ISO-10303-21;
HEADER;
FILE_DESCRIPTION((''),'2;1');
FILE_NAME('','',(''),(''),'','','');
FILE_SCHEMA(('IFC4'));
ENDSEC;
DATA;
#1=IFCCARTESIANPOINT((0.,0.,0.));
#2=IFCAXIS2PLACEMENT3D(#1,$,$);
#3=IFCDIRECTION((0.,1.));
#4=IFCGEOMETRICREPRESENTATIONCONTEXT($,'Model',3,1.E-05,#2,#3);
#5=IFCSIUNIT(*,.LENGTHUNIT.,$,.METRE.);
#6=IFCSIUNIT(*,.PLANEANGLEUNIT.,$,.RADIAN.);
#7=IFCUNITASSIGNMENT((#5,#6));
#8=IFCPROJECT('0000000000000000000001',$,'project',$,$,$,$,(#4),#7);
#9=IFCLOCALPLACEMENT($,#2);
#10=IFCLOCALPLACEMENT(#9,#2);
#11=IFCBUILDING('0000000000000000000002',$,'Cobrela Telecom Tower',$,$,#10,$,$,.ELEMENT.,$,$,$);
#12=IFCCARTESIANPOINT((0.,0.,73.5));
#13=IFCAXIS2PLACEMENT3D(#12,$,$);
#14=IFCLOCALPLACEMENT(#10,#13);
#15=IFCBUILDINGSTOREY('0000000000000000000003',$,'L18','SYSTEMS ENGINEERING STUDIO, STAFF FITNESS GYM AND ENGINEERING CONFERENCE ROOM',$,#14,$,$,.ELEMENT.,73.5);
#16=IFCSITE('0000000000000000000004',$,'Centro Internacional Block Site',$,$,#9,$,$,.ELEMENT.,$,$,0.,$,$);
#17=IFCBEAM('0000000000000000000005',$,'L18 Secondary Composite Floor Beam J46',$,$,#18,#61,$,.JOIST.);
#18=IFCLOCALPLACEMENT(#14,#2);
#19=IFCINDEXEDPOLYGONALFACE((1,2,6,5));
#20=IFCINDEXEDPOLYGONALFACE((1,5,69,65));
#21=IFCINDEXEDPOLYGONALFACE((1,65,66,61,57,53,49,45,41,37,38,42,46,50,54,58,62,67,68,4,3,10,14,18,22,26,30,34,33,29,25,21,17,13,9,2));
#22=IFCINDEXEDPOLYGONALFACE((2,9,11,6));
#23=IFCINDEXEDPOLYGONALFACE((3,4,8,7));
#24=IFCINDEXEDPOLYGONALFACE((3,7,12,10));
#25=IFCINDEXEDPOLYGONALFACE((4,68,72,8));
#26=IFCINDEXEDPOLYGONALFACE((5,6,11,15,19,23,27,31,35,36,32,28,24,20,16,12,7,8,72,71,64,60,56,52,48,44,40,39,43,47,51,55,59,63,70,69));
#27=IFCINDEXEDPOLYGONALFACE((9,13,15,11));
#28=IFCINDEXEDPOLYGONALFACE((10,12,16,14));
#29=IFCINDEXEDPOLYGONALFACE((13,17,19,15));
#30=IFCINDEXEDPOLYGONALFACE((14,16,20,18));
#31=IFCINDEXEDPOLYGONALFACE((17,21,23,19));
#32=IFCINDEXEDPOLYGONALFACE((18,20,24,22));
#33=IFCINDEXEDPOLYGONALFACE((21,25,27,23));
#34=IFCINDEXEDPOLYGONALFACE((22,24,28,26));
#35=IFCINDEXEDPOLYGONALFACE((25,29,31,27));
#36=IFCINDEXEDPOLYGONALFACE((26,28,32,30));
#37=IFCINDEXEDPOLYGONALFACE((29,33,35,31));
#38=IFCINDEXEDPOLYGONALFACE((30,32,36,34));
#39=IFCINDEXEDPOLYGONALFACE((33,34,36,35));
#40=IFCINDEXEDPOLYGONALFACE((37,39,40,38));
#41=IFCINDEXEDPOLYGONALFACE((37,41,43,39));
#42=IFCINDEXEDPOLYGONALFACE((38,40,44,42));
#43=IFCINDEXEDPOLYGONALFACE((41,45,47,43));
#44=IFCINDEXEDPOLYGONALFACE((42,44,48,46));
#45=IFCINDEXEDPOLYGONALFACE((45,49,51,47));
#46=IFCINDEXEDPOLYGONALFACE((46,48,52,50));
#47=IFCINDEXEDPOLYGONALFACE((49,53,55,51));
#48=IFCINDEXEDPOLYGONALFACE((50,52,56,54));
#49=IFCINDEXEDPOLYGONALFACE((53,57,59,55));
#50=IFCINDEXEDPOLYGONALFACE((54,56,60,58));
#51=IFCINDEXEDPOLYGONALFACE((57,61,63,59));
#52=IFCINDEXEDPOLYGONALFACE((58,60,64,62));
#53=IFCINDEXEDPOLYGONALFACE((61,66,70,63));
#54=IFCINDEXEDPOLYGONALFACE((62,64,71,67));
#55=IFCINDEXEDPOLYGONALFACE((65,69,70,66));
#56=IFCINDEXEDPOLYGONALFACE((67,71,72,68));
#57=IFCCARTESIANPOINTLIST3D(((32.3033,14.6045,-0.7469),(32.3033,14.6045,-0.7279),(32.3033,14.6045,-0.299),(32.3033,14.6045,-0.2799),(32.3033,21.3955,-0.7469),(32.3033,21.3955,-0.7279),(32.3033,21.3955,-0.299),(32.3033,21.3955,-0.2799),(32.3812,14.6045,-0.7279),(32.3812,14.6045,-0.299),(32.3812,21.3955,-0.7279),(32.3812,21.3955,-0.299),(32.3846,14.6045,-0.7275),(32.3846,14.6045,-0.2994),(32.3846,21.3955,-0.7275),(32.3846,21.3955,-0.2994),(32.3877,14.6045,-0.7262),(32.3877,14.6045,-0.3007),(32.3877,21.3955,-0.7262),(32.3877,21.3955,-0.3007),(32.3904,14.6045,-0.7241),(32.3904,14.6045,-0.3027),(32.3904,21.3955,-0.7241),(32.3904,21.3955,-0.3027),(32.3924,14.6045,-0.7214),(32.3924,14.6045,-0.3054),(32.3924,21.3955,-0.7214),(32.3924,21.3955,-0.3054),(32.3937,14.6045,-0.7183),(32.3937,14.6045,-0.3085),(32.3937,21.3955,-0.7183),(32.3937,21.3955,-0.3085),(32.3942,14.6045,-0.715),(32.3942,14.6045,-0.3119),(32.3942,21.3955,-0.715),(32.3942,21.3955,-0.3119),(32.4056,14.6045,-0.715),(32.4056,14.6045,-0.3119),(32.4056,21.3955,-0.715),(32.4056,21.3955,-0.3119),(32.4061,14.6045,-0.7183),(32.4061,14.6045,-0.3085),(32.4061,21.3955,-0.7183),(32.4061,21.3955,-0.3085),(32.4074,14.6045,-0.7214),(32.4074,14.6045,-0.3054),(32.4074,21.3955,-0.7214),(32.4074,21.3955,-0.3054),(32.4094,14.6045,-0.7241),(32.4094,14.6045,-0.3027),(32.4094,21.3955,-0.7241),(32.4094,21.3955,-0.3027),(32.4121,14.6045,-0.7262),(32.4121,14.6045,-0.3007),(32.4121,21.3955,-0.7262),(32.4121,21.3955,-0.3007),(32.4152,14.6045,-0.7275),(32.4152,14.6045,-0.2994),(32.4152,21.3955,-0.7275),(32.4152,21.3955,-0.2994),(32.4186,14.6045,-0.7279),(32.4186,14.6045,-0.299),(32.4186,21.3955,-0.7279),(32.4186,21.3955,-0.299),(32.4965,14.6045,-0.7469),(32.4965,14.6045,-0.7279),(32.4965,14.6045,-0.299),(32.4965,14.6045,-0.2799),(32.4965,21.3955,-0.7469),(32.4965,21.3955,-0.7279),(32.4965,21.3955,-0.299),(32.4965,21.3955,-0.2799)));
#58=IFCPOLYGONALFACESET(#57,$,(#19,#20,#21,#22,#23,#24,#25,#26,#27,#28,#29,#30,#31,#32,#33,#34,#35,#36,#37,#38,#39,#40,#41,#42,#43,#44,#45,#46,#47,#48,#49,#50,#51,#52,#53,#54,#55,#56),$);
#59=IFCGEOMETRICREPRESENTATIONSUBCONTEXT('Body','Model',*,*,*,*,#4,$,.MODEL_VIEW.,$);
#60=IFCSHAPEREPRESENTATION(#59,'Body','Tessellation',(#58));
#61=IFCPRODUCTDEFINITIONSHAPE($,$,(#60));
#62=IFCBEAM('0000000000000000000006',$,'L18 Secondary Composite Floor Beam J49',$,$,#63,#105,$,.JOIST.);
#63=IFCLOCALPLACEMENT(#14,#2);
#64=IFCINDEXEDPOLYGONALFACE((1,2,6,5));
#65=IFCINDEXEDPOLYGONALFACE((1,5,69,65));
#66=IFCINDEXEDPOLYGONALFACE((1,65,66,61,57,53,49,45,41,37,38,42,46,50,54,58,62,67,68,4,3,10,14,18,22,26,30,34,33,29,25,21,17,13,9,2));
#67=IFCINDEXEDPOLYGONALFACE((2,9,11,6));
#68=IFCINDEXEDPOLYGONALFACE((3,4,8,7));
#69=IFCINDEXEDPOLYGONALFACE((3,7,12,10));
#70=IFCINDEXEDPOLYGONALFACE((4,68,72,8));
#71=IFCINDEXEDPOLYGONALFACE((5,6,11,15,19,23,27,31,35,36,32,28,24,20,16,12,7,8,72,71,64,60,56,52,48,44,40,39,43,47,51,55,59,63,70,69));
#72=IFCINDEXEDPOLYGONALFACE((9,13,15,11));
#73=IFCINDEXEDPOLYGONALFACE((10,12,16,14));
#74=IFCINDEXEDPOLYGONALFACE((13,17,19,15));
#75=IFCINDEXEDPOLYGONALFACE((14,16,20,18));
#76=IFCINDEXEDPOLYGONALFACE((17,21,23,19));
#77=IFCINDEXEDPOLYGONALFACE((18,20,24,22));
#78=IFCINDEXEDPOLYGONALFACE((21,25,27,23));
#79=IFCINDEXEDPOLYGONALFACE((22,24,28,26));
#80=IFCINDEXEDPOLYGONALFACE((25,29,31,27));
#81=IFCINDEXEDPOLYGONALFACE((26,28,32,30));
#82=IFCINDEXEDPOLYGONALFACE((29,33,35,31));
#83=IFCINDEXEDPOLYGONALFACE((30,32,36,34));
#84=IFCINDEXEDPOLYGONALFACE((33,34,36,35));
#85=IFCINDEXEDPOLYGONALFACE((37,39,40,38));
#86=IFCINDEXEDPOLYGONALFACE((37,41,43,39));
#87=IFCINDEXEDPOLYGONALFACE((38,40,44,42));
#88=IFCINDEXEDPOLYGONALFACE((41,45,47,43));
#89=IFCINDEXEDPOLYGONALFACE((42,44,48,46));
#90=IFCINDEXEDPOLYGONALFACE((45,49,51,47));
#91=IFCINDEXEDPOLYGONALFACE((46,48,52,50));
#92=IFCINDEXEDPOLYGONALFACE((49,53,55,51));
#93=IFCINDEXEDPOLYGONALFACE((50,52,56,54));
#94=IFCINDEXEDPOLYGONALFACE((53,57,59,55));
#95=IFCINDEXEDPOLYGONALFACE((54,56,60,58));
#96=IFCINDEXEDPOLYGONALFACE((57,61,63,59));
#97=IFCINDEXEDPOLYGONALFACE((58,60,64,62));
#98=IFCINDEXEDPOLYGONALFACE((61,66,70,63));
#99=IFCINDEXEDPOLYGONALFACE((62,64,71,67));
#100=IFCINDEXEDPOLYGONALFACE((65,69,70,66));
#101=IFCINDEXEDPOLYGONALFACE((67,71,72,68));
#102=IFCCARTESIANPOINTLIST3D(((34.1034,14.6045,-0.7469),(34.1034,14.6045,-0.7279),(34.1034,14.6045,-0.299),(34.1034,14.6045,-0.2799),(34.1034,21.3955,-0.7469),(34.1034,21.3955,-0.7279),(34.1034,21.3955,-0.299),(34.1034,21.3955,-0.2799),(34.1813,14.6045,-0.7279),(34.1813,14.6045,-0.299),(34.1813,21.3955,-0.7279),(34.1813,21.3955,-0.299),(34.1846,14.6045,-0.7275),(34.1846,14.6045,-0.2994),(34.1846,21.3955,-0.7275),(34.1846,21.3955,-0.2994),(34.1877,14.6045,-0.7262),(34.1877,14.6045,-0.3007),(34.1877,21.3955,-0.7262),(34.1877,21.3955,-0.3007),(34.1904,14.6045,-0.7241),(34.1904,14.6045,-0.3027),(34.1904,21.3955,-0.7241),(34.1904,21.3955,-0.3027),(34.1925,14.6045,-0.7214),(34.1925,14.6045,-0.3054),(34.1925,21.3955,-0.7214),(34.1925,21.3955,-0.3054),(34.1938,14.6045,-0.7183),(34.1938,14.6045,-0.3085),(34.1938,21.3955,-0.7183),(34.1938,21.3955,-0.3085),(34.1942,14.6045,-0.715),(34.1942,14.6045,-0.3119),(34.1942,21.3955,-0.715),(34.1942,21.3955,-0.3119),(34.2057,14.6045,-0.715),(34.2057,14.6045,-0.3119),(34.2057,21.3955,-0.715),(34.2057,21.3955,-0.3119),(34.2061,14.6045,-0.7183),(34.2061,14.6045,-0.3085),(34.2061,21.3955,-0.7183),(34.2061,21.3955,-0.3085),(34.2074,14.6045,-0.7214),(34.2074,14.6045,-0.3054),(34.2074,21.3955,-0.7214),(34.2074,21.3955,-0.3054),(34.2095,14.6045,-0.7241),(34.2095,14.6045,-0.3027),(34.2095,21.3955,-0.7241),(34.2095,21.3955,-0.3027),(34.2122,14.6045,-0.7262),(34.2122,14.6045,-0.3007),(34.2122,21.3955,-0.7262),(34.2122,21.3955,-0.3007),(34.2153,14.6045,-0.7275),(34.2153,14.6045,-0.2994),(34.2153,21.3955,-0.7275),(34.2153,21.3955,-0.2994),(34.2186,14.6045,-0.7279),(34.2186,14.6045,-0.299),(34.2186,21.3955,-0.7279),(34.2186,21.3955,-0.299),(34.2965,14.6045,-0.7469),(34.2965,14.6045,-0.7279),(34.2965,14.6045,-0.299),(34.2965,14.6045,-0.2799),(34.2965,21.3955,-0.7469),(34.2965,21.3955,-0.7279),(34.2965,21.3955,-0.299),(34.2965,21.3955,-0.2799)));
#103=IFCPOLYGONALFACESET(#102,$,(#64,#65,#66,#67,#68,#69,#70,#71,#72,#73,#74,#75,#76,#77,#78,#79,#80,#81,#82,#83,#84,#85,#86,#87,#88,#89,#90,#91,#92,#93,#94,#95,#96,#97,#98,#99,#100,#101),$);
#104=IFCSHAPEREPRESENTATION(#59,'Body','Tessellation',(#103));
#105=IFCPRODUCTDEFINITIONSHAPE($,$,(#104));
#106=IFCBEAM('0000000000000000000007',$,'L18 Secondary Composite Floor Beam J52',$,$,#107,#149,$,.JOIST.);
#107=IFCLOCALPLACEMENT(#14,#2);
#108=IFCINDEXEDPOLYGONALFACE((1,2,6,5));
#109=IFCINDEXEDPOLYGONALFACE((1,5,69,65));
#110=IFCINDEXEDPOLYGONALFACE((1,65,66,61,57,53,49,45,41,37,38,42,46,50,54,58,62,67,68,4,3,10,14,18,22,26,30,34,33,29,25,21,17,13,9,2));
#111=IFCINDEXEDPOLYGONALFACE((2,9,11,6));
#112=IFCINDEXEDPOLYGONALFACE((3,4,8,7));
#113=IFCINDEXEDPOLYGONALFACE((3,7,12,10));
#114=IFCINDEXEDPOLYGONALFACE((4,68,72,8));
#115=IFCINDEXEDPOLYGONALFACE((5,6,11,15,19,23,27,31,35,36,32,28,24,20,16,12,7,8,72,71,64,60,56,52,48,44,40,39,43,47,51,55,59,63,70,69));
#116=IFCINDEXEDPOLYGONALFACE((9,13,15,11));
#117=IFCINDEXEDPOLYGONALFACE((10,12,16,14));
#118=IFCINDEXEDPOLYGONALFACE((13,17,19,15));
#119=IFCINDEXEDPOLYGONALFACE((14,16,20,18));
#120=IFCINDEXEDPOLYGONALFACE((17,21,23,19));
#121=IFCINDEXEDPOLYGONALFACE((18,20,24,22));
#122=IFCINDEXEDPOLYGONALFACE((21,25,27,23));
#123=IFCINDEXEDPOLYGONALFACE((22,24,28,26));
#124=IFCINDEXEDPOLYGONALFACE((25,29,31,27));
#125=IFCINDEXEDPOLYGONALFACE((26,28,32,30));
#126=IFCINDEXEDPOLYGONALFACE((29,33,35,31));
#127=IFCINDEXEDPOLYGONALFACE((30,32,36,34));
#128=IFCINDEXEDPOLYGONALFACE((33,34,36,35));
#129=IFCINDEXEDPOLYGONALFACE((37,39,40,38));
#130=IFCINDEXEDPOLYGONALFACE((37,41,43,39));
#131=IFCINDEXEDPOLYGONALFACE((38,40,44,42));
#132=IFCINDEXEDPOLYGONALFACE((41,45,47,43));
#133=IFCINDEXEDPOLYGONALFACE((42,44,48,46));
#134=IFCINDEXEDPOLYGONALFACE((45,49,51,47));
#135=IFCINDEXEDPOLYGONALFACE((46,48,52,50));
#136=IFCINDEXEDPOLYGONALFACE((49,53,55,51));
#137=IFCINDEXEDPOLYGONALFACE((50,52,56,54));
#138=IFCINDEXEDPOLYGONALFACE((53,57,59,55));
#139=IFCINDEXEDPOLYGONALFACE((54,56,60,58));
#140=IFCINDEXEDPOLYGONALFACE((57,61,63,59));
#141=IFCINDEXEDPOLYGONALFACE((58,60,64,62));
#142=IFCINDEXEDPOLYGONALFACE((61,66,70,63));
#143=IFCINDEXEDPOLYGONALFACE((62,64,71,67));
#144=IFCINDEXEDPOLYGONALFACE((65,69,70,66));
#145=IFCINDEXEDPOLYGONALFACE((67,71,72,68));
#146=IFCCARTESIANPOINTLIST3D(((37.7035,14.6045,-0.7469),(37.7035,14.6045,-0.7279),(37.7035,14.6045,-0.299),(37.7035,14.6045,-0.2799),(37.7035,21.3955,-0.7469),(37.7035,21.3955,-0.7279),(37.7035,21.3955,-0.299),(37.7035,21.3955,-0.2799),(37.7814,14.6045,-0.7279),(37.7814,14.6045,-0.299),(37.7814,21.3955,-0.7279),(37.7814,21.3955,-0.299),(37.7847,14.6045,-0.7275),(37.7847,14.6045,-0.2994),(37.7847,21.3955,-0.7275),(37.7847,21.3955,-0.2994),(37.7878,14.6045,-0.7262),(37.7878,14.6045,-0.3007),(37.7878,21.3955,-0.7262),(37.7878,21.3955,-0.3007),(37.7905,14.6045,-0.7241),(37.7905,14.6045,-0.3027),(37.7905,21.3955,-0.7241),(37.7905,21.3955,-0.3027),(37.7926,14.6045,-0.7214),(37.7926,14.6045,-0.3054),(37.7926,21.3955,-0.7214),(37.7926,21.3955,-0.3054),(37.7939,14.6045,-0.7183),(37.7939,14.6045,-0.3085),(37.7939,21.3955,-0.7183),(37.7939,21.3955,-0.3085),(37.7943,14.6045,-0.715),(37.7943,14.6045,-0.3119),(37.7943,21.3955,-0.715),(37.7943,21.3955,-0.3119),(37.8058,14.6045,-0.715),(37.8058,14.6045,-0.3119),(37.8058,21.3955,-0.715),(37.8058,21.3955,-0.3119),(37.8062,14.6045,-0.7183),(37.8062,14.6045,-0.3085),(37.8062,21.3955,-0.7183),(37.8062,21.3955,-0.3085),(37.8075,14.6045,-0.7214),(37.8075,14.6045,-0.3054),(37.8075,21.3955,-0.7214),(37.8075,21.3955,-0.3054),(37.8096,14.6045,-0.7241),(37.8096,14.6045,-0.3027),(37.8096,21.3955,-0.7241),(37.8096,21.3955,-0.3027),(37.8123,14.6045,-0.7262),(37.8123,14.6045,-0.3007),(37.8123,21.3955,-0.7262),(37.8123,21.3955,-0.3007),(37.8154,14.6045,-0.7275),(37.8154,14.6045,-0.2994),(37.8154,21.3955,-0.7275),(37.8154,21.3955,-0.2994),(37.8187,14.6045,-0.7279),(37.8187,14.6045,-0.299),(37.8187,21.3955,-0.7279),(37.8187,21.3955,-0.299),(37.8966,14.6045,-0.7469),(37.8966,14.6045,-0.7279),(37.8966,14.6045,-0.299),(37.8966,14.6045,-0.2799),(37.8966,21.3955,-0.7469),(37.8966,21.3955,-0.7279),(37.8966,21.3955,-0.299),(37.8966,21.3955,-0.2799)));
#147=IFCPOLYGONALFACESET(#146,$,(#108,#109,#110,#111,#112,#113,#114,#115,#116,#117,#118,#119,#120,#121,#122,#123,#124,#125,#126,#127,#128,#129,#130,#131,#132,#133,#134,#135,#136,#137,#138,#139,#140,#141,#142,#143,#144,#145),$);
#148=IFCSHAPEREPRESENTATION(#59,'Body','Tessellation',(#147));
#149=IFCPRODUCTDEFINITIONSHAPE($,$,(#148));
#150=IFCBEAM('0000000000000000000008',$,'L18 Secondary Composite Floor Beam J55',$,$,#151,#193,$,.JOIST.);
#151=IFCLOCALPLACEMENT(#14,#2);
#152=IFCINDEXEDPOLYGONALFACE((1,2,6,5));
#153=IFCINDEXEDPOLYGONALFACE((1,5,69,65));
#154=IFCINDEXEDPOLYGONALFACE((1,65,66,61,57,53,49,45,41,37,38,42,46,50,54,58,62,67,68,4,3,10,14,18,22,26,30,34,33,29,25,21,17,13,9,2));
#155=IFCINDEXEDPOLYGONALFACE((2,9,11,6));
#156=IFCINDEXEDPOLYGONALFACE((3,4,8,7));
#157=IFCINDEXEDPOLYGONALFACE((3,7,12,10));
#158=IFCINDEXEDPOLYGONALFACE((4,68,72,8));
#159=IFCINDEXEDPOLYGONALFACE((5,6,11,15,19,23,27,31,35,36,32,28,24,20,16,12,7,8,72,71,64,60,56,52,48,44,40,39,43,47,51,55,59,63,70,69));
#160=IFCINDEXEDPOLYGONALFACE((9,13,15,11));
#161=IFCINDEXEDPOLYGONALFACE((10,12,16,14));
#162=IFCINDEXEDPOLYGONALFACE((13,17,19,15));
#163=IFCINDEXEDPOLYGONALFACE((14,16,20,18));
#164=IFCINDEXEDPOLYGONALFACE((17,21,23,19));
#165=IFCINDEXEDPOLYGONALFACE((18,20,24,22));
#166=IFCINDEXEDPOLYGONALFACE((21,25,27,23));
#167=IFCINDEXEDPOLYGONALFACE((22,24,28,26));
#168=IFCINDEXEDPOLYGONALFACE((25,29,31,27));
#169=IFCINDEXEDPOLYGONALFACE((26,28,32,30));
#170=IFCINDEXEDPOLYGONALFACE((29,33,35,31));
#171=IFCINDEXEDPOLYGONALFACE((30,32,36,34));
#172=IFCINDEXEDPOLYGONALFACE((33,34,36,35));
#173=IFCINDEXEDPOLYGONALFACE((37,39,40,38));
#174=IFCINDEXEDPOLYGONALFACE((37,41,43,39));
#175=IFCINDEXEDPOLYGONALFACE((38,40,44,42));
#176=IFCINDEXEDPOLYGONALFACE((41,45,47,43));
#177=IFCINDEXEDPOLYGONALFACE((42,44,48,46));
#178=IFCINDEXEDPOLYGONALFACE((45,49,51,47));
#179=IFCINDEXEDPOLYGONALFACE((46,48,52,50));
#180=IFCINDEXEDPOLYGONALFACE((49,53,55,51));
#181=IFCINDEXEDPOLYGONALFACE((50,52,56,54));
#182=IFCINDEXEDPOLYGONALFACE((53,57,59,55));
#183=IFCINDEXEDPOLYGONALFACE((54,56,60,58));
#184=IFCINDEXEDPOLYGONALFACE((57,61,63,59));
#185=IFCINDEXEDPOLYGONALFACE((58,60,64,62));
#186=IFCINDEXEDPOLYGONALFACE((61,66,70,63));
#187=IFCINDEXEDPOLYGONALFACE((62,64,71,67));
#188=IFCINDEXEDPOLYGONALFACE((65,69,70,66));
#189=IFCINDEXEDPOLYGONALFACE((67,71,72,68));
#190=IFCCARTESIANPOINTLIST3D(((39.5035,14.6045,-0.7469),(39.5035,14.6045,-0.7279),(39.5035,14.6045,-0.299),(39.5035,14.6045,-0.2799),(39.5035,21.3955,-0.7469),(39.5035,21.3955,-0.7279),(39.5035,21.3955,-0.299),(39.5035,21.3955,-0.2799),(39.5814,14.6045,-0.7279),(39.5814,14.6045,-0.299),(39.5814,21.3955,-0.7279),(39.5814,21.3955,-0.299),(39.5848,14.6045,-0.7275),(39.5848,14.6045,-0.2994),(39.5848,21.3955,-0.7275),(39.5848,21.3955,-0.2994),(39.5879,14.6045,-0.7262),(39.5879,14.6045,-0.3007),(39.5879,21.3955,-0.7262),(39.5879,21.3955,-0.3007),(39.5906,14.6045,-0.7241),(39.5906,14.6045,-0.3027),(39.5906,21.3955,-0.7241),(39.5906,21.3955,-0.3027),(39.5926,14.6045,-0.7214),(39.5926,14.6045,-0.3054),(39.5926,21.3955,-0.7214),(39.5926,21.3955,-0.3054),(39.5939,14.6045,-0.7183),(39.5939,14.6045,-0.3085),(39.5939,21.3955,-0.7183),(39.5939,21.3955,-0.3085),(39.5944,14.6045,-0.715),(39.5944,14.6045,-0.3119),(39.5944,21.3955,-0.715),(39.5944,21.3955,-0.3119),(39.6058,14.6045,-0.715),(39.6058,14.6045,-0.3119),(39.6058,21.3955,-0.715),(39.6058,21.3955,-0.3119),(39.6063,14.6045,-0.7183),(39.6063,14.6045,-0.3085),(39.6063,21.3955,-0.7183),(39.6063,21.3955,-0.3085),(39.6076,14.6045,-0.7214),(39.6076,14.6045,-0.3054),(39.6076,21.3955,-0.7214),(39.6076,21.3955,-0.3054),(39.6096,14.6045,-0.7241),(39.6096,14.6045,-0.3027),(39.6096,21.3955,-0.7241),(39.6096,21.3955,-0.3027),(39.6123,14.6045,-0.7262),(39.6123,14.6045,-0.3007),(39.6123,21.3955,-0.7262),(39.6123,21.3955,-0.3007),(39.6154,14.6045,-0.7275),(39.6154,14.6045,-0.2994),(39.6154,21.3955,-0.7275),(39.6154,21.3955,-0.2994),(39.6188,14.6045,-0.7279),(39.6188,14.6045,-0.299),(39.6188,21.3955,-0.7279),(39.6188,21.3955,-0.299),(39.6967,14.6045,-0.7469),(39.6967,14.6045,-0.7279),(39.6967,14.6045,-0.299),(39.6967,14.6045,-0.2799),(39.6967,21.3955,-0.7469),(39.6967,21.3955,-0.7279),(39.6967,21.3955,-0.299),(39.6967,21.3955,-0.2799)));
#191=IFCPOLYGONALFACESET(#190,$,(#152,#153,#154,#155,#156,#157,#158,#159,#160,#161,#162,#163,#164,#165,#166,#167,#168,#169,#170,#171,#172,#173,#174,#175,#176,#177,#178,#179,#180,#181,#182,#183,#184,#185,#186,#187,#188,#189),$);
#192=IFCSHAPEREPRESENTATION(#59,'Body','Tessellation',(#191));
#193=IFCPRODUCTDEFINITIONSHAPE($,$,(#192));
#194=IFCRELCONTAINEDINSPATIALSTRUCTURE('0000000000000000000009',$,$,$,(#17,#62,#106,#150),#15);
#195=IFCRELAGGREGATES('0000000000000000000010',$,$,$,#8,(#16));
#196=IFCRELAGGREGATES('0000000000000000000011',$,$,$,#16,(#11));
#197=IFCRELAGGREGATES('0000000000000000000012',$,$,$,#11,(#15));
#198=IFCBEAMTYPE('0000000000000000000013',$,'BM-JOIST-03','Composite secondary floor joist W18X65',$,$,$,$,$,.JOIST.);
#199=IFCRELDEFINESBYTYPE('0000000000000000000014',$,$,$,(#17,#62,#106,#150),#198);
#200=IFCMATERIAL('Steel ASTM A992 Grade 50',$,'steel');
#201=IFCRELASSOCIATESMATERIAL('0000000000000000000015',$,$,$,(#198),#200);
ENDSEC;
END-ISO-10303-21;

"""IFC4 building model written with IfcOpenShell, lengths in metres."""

from ifc_helpers import new_model, si_unit, direction, frame, origin, origin_2d, place, context, subcontext, project, spatial, i_section, extrude, material, material_profile, profile_set, type_object, element, save


model = new_model("IFC4")

# Units and contexts
model_context = context("Model", 3, precision=1e-05, world=origin(), true_north=direction((0.0, 1.0)))
body_context = subcontext(model_context, "Body", "Model", "MODEL_VIEW")
ifc_project = project(units=[si_unit("LENGTHUNIT", "METRE"), si_unit("PLANEANGLEUNIT", "RADIAN")], contexts=[model_context])

# Site, building, storey
site_placement = place(None, origin())
site = spatial("IfcSite", under=ifc_project, at=site_placement, Name="Centro Internacional Block Site", CompositionType="ELEMENT", RefElevation=0.0)
building_placement = place(site_placement, origin())
building = spatial("IfcBuilding", under=site, at=building_placement, Name="Cobrela Telecom Tower", CompositionType="ELEMENT")
storey_placement = place(building_placement, frame((0.0, 0.0, 73.5)))
storey = spatial("IfcBuildingStorey", under=building, at=storey_placement, Name="L18", Description="SYSTEMS ENGINEERING STUDIO, STAFF FITNESS GYM AND ENGINEERING CONFERENCE ROOM", CompositionType="ELEMENT", Elevation=73.5)

# Shared definitions
ifc_material_1 = material(Name="Steel ASTM A992 Grade 50", Category="steel")

# Beams
ifc_material_profile_1 = material_profile(ifc_material_1, i_section(OverallWidth=0.1931, OverallDepth=0.467, WebThickness=0.0115, FlangeThickness=0.019, FilletRadius=0.0129, at=origin_2d()), Name="W18X65")
ifc_profile_set_1 = profile_set([ifc_material_profile_1], Name="Steel ASTM A992 Grade 50")
beam_type_1 = type_object("IfcBeamType", Name="BM-JOIST-03", Description="Composite secondary floor joist W18X65", PredefinedType="JOIST", material=ifc_profile_set_1)
for number, where, z_axis, x_axis, name in (
    (1, (32.3999, 14.6045, -0.5134), (0.0, 1.0, 0.0), (-1.0, 0.0, 0.0), "L18 Secondary Composite Floor Beam J46"),
    (2, (34.2, 14.6045, -0.5134), (0.0, 1.0, 0.0), (-1.0, 0.0, 0.0), "L18 Secondary Composite Floor Beam J49"),
    (3, (37.8, 14.6045, -0.5134), (0.0, 1.0, 0.0), (-1.0, 0.0, 0.0), "L18 Secondary Composite Floor Beam J52"),
    (4, (39.6001, 14.6045, -0.5134), (0.0, 1.0, 0.0), (-1.0, 0.0, 0.0), "L18 Secondary Composite Floor Beam J55"),
):
    element("IfcBeam", number, at=place(storey_placement, frame(where, z_axis=z_axis, x_axis=x_axis)), inside=storey, type_object=beam_type_1, Name=name, PredefinedType="JOIST", context=body_context, shape_type="SweptSolid", body=[
        extrude(i_section(OverallWidth=0.1931, OverallDepth=0.467, WebThickness=0.0115, FlangeThickness=0.019, FilletRadius=0.0129, at=origin_2d()), origin(), (0.0, 0.0, 1.0), 6.791),
    ])

save(model, "model.ifc")
